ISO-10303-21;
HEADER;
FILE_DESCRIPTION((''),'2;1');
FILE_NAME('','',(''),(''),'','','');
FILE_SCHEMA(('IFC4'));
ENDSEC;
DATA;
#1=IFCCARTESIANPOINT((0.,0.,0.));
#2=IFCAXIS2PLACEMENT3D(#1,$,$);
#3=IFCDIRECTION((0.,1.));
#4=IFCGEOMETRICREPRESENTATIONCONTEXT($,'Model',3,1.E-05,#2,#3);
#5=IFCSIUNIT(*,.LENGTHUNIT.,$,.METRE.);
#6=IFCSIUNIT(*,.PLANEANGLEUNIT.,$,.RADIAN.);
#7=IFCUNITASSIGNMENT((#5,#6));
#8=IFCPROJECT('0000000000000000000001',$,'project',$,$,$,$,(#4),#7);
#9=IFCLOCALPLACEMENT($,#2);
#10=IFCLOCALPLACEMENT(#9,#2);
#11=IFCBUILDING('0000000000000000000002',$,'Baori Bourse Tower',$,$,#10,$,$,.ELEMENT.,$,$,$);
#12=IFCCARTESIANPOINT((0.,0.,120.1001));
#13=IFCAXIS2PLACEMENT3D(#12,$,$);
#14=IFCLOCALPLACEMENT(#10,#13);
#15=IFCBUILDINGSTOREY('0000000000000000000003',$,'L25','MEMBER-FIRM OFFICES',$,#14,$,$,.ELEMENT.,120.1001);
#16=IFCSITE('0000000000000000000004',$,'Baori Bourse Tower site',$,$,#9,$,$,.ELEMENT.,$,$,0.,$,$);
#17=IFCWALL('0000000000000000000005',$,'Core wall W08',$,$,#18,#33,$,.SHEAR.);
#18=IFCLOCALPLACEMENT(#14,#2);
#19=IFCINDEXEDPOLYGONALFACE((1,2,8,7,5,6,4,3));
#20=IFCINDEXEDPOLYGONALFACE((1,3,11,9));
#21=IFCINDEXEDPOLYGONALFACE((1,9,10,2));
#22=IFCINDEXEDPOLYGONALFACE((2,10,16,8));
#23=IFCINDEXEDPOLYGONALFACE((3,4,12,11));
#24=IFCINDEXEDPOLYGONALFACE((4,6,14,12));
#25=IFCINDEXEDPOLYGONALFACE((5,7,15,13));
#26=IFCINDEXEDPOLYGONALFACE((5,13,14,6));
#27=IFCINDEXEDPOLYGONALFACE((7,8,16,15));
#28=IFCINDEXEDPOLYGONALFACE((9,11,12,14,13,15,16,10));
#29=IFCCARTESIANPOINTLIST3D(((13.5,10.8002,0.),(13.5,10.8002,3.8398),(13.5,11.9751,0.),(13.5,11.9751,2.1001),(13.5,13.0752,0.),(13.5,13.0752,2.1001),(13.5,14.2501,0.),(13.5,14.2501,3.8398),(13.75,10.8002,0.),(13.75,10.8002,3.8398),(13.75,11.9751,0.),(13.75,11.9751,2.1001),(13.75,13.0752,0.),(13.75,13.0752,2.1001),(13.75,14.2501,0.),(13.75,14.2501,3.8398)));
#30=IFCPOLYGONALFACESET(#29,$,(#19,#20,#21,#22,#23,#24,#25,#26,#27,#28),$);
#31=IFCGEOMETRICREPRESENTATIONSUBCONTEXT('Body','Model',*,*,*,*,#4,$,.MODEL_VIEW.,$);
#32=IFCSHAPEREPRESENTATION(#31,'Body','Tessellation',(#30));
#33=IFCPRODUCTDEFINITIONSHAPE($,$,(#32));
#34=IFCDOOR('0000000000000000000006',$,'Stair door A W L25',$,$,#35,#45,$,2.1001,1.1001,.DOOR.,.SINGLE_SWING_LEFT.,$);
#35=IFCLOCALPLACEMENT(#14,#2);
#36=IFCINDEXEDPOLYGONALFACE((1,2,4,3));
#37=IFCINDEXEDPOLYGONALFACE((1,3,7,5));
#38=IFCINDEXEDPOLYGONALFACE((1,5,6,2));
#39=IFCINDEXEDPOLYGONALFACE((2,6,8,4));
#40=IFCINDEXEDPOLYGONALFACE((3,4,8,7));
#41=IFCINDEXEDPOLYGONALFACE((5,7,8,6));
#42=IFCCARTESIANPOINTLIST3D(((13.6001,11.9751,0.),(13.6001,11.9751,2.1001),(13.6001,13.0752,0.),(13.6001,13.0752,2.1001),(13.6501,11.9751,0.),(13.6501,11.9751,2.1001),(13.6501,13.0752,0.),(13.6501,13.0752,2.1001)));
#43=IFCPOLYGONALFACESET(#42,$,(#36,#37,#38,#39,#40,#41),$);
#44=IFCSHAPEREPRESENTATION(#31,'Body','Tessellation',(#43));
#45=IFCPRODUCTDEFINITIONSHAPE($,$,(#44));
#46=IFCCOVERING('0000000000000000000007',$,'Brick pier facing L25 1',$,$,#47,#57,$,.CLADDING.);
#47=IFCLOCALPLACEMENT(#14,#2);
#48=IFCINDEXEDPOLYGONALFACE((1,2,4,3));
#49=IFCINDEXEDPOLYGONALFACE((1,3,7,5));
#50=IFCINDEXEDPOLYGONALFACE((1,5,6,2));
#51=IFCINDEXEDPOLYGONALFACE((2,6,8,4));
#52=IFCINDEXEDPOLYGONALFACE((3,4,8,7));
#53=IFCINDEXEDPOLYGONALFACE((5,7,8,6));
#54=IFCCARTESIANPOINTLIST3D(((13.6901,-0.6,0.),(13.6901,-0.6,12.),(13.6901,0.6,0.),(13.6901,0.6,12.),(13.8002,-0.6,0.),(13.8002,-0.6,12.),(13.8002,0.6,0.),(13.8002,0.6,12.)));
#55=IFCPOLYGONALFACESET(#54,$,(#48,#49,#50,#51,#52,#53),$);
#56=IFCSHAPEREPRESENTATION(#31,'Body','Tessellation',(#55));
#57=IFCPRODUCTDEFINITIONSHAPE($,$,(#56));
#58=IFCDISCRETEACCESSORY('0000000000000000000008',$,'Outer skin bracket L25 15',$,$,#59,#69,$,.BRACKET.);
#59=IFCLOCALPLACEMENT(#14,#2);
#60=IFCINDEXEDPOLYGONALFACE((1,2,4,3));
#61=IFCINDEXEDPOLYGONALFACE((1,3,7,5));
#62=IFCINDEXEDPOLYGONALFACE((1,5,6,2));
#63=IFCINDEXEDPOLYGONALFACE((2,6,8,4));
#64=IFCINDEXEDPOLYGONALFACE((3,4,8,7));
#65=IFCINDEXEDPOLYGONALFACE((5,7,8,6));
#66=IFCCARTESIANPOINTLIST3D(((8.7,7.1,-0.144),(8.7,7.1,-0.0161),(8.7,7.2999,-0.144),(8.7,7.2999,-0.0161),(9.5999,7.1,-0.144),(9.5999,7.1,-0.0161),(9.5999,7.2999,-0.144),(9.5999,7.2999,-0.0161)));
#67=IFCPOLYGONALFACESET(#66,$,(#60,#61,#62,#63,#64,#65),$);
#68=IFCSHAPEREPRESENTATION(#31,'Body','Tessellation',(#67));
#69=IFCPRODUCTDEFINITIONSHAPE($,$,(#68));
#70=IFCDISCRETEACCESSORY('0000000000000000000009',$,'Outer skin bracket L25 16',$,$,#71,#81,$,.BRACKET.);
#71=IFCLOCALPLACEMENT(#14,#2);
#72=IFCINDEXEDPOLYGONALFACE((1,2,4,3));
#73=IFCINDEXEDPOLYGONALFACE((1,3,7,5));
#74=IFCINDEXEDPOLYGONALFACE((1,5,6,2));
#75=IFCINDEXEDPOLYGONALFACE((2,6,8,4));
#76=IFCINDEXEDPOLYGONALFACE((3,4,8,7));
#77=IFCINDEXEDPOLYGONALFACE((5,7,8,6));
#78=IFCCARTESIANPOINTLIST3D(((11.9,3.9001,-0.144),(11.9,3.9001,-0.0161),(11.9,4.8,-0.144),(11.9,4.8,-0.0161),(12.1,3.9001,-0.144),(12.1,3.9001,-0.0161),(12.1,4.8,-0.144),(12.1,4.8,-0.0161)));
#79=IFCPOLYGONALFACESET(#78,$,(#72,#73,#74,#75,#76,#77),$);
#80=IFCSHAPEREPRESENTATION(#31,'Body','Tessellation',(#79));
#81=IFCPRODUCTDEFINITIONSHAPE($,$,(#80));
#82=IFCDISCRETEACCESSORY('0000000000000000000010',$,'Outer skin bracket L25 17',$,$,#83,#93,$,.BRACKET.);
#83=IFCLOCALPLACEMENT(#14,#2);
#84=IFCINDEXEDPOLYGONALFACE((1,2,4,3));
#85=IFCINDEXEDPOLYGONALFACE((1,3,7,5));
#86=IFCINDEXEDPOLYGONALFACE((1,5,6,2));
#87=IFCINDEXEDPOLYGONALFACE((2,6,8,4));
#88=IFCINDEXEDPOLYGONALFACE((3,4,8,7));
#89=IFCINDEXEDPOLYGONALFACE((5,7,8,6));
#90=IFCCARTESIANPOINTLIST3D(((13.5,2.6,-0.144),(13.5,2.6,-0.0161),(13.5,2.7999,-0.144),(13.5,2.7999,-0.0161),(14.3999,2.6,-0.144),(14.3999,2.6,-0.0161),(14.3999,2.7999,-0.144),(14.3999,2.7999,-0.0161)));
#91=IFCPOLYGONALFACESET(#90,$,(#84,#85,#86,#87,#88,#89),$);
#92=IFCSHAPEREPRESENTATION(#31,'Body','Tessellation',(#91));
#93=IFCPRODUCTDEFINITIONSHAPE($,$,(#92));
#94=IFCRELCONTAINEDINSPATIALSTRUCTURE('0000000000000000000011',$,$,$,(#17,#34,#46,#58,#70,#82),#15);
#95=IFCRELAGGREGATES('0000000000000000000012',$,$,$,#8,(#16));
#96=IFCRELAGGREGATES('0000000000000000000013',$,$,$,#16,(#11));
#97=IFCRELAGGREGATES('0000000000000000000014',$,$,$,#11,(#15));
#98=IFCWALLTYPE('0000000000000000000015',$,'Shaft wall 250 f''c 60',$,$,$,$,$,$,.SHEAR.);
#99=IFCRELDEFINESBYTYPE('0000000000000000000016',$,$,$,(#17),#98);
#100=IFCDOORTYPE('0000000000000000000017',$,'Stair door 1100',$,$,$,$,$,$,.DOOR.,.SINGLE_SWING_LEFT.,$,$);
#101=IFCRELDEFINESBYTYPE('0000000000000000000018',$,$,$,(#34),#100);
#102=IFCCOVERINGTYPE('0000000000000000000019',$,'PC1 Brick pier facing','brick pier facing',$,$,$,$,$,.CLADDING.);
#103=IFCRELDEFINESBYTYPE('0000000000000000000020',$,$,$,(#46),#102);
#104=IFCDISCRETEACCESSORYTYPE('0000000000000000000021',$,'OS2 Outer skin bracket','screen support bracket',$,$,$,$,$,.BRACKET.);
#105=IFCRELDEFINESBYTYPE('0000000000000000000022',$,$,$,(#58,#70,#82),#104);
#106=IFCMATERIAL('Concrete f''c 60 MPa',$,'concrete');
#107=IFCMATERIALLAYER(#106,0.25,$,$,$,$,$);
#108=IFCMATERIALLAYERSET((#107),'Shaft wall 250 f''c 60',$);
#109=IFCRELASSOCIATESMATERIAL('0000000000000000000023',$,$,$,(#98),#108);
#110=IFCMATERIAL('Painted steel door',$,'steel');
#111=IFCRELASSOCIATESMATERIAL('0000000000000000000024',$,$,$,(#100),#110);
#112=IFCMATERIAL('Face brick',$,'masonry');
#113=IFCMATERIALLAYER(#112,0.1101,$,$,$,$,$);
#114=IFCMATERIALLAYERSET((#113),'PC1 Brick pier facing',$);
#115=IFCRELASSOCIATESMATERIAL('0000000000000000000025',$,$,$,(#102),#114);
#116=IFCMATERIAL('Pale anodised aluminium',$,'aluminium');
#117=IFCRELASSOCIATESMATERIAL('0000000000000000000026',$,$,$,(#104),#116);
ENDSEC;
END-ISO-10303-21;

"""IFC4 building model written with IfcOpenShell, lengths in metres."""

from ifc_helpers import new_model, si_unit, direction, frame, frame_2d, origin, origin_2d, place, context, subcontext, project, spatial, rectangle, extrude, material, layer, layer_set, type_object, element, fill, save


model = new_model("IFC4")

# Units and contexts
model_context = context("Model", 3, precision=1e-05, world=origin(), true_north=direction((0.0, 1.0)))
body_context = subcontext(model_context, "Body", "Model", "MODEL_VIEW")
ifc_project = project(units=[si_unit("LENGTHUNIT", "METRE"), si_unit("PLANEANGLEUNIT", "RADIAN")], contexts=[model_context])

# Site, building, storey
site_placement = place(None, origin())
site = spatial("IfcSite", under=ifc_project, at=site_placement, Name="Baori Bourse Tower site", CompositionType="ELEMENT", RefElevation=0.0)
building_placement = place(site_placement, origin())
building = spatial("IfcBuilding", under=site, at=building_placement, Name="Baori Bourse Tower", CompositionType="ELEMENT")
storey_placement = place(building_placement, frame((0.0, 0.0, 120.1001)))
storey = spatial("IfcBuildingStorey", under=building, at=storey_placement, Name="L25", Description="MEMBER-FIRM OFFICES", CompositionType="ELEMENT", Elevation=120.1001)

# Wall, opening, door
ifc_material_1 = material(Name="Concrete f'c 60 MPa", Category="concrete")
ifc_layer_1 = layer(ifc_material_1, 0.25)
ifc_layer_set_1 = layer_set([ifc_layer_1], Name="Shaft wall 250 f'c 60")
wall_type_1 = type_object("IfcWallType", Name="Shaft wall 250 f'c 60", PredefinedType="SHEAR", material=ifc_layer_set_1)
wall_1_placement = place(storey_placement, frame((13.625, 10.8, 0.0), z_axis=(0.0, 0.0, 1.0), x_axis=(0.0, 1.0, 0.0)))
wall_1 = element("IfcWall", 1, at=wall_1_placement, inside=storey, type_object=wall_type_1, Name="Core wall W08", PredefinedType="SHEAR", context=body_context, shape_type="SweptSolid", body=[
    extrude(rectangle(XDim=3.45, YDim=0.25, at=frame_2d((1.7251, 0.0))), origin(), (0.0, 0.0, 1.0), 3.8398),
])
opening_1_placement = place(wall_1_placement, frame((1.175, 0.0, 0.0)))
opening_1 = element("IfcOpeningElement", 2, at=opening_1_placement, cuts=wall_1, PredefinedType="OPENING", context=body_context, shape_type="SweptSolid", body=[
    extrude(rectangle(XDim=1.1001, YDim=2.1001, at=frame_2d((0.55, 1.05))), frame((0.0, 0.135, 0.0), z_axis=(0.0, -1.0, 0.0), x_axis=(1.0, 0.0, 0.0)), (0.0, 0.0, 1.0), 0.27),
])
ifc_material_2 = material(Name="Painted steel door", Category="steel")
door_type_1 = type_object("IfcDoorType", Name="Stair door 1100", OperationType="SINGLE_SWING_LEFT", PredefinedType="DOOR", material=ifc_material_2)
door_1_placement = place(opening_1_placement, origin())
door_1 = element("IfcDoor", 3, at=door_1_placement, inside=storey, type_object=door_type_1, Name="Stair door A W L25", OperationType="SINGLE_SWING_LEFT", OverallHeight=2.1001, OverallWidth=1.1001, PredefinedType="DOOR", context=body_context, shape_type="SweptSolid", body=[
    extrude(rectangle(XDim=1.1001, YDim=2.1001, at=frame_2d((0.55, 1.05))), frame((0.0, 0.0249, 0.0), z_axis=(0.0, -1.0, 0.0), x_axis=(1.0, 0.0, 0.0)), (0.0, 0.0, 1.0), 0.05),
])
fill(opening_1, door_1)

# Covering
ifc_material_3 = material(Name="Face brick", Category="masonry")
ifc_layer_2 = layer(ifc_material_3, 0.1101)
ifc_layer_set_2 = layer_set([ifc_layer_2], Name="PC1 Brick pier facing")
covering_type = type_object("IfcCoveringType", Name="PC1 Brick pier facing", Description="brick pier facing", PredefinedType="CLADDING", material=ifc_layer_set_2)
covering_placement = place(storey_placement, frame((13.7451, 0.0, 0.0), z_axis=(0.0, 0.0, 1.0), x_axis=(1.0, 0.0, 0.0)))
element("IfcCovering", 4, at=covering_placement, inside=storey, type_object=covering_type, Name="Brick pier facing L25 1", PredefinedType="CLADDING", context=body_context, shape_type="SweptSolid", body=[
    extrude(rectangle(XDim=0.1101, YDim=1.2, at=origin_2d()), origin(), (0.0, 0.0, 1.0), 12.0),
])

# Discrete accessories
ifc_material_4 = material(Name="Pale anodised aluminium", Category="aluminium")
discrete_accessory_type = type_object("IfcDiscreteAccessoryType", Name="OS2 Outer skin bracket", Description="screen support bracket", PredefinedType="BRACKET", material=ifc_material_4)
for number, where, z_axis, x_axis, name in (
    (5, (9.1499, 7.2, -0.144), (0.0, 0.0, 1.0), (0.0, -1.0, 0.0), "Outer skin bracket L25 15"),
    (6, (12.0, 4.3501, -0.144), (0.0, 0.0, 1.0), (1.0, 0.0, 0.0), "Outer skin bracket L25 16"),
    (7, (13.95, 2.7, -0.144), (0.0, 0.0, 1.0), (0.0, -1.0, 0.0), "Outer skin bracket L25 17"),
):
    element("IfcDiscreteAccessory", number, at=place(storey_placement, frame(where, z_axis=z_axis, x_axis=x_axis)), inside=storey, type_object=discrete_accessory_type, Name=name, PredefinedType="BRACKET", context=body_context, shape_type="SweptSolid", body=[
        extrude(rectangle(XDim=0.2, YDim=0.8999, at=origin_2d()), origin(), (0.0, 0.0, 1.0), 0.1279),
    ])

save(model, "model.ifc")
